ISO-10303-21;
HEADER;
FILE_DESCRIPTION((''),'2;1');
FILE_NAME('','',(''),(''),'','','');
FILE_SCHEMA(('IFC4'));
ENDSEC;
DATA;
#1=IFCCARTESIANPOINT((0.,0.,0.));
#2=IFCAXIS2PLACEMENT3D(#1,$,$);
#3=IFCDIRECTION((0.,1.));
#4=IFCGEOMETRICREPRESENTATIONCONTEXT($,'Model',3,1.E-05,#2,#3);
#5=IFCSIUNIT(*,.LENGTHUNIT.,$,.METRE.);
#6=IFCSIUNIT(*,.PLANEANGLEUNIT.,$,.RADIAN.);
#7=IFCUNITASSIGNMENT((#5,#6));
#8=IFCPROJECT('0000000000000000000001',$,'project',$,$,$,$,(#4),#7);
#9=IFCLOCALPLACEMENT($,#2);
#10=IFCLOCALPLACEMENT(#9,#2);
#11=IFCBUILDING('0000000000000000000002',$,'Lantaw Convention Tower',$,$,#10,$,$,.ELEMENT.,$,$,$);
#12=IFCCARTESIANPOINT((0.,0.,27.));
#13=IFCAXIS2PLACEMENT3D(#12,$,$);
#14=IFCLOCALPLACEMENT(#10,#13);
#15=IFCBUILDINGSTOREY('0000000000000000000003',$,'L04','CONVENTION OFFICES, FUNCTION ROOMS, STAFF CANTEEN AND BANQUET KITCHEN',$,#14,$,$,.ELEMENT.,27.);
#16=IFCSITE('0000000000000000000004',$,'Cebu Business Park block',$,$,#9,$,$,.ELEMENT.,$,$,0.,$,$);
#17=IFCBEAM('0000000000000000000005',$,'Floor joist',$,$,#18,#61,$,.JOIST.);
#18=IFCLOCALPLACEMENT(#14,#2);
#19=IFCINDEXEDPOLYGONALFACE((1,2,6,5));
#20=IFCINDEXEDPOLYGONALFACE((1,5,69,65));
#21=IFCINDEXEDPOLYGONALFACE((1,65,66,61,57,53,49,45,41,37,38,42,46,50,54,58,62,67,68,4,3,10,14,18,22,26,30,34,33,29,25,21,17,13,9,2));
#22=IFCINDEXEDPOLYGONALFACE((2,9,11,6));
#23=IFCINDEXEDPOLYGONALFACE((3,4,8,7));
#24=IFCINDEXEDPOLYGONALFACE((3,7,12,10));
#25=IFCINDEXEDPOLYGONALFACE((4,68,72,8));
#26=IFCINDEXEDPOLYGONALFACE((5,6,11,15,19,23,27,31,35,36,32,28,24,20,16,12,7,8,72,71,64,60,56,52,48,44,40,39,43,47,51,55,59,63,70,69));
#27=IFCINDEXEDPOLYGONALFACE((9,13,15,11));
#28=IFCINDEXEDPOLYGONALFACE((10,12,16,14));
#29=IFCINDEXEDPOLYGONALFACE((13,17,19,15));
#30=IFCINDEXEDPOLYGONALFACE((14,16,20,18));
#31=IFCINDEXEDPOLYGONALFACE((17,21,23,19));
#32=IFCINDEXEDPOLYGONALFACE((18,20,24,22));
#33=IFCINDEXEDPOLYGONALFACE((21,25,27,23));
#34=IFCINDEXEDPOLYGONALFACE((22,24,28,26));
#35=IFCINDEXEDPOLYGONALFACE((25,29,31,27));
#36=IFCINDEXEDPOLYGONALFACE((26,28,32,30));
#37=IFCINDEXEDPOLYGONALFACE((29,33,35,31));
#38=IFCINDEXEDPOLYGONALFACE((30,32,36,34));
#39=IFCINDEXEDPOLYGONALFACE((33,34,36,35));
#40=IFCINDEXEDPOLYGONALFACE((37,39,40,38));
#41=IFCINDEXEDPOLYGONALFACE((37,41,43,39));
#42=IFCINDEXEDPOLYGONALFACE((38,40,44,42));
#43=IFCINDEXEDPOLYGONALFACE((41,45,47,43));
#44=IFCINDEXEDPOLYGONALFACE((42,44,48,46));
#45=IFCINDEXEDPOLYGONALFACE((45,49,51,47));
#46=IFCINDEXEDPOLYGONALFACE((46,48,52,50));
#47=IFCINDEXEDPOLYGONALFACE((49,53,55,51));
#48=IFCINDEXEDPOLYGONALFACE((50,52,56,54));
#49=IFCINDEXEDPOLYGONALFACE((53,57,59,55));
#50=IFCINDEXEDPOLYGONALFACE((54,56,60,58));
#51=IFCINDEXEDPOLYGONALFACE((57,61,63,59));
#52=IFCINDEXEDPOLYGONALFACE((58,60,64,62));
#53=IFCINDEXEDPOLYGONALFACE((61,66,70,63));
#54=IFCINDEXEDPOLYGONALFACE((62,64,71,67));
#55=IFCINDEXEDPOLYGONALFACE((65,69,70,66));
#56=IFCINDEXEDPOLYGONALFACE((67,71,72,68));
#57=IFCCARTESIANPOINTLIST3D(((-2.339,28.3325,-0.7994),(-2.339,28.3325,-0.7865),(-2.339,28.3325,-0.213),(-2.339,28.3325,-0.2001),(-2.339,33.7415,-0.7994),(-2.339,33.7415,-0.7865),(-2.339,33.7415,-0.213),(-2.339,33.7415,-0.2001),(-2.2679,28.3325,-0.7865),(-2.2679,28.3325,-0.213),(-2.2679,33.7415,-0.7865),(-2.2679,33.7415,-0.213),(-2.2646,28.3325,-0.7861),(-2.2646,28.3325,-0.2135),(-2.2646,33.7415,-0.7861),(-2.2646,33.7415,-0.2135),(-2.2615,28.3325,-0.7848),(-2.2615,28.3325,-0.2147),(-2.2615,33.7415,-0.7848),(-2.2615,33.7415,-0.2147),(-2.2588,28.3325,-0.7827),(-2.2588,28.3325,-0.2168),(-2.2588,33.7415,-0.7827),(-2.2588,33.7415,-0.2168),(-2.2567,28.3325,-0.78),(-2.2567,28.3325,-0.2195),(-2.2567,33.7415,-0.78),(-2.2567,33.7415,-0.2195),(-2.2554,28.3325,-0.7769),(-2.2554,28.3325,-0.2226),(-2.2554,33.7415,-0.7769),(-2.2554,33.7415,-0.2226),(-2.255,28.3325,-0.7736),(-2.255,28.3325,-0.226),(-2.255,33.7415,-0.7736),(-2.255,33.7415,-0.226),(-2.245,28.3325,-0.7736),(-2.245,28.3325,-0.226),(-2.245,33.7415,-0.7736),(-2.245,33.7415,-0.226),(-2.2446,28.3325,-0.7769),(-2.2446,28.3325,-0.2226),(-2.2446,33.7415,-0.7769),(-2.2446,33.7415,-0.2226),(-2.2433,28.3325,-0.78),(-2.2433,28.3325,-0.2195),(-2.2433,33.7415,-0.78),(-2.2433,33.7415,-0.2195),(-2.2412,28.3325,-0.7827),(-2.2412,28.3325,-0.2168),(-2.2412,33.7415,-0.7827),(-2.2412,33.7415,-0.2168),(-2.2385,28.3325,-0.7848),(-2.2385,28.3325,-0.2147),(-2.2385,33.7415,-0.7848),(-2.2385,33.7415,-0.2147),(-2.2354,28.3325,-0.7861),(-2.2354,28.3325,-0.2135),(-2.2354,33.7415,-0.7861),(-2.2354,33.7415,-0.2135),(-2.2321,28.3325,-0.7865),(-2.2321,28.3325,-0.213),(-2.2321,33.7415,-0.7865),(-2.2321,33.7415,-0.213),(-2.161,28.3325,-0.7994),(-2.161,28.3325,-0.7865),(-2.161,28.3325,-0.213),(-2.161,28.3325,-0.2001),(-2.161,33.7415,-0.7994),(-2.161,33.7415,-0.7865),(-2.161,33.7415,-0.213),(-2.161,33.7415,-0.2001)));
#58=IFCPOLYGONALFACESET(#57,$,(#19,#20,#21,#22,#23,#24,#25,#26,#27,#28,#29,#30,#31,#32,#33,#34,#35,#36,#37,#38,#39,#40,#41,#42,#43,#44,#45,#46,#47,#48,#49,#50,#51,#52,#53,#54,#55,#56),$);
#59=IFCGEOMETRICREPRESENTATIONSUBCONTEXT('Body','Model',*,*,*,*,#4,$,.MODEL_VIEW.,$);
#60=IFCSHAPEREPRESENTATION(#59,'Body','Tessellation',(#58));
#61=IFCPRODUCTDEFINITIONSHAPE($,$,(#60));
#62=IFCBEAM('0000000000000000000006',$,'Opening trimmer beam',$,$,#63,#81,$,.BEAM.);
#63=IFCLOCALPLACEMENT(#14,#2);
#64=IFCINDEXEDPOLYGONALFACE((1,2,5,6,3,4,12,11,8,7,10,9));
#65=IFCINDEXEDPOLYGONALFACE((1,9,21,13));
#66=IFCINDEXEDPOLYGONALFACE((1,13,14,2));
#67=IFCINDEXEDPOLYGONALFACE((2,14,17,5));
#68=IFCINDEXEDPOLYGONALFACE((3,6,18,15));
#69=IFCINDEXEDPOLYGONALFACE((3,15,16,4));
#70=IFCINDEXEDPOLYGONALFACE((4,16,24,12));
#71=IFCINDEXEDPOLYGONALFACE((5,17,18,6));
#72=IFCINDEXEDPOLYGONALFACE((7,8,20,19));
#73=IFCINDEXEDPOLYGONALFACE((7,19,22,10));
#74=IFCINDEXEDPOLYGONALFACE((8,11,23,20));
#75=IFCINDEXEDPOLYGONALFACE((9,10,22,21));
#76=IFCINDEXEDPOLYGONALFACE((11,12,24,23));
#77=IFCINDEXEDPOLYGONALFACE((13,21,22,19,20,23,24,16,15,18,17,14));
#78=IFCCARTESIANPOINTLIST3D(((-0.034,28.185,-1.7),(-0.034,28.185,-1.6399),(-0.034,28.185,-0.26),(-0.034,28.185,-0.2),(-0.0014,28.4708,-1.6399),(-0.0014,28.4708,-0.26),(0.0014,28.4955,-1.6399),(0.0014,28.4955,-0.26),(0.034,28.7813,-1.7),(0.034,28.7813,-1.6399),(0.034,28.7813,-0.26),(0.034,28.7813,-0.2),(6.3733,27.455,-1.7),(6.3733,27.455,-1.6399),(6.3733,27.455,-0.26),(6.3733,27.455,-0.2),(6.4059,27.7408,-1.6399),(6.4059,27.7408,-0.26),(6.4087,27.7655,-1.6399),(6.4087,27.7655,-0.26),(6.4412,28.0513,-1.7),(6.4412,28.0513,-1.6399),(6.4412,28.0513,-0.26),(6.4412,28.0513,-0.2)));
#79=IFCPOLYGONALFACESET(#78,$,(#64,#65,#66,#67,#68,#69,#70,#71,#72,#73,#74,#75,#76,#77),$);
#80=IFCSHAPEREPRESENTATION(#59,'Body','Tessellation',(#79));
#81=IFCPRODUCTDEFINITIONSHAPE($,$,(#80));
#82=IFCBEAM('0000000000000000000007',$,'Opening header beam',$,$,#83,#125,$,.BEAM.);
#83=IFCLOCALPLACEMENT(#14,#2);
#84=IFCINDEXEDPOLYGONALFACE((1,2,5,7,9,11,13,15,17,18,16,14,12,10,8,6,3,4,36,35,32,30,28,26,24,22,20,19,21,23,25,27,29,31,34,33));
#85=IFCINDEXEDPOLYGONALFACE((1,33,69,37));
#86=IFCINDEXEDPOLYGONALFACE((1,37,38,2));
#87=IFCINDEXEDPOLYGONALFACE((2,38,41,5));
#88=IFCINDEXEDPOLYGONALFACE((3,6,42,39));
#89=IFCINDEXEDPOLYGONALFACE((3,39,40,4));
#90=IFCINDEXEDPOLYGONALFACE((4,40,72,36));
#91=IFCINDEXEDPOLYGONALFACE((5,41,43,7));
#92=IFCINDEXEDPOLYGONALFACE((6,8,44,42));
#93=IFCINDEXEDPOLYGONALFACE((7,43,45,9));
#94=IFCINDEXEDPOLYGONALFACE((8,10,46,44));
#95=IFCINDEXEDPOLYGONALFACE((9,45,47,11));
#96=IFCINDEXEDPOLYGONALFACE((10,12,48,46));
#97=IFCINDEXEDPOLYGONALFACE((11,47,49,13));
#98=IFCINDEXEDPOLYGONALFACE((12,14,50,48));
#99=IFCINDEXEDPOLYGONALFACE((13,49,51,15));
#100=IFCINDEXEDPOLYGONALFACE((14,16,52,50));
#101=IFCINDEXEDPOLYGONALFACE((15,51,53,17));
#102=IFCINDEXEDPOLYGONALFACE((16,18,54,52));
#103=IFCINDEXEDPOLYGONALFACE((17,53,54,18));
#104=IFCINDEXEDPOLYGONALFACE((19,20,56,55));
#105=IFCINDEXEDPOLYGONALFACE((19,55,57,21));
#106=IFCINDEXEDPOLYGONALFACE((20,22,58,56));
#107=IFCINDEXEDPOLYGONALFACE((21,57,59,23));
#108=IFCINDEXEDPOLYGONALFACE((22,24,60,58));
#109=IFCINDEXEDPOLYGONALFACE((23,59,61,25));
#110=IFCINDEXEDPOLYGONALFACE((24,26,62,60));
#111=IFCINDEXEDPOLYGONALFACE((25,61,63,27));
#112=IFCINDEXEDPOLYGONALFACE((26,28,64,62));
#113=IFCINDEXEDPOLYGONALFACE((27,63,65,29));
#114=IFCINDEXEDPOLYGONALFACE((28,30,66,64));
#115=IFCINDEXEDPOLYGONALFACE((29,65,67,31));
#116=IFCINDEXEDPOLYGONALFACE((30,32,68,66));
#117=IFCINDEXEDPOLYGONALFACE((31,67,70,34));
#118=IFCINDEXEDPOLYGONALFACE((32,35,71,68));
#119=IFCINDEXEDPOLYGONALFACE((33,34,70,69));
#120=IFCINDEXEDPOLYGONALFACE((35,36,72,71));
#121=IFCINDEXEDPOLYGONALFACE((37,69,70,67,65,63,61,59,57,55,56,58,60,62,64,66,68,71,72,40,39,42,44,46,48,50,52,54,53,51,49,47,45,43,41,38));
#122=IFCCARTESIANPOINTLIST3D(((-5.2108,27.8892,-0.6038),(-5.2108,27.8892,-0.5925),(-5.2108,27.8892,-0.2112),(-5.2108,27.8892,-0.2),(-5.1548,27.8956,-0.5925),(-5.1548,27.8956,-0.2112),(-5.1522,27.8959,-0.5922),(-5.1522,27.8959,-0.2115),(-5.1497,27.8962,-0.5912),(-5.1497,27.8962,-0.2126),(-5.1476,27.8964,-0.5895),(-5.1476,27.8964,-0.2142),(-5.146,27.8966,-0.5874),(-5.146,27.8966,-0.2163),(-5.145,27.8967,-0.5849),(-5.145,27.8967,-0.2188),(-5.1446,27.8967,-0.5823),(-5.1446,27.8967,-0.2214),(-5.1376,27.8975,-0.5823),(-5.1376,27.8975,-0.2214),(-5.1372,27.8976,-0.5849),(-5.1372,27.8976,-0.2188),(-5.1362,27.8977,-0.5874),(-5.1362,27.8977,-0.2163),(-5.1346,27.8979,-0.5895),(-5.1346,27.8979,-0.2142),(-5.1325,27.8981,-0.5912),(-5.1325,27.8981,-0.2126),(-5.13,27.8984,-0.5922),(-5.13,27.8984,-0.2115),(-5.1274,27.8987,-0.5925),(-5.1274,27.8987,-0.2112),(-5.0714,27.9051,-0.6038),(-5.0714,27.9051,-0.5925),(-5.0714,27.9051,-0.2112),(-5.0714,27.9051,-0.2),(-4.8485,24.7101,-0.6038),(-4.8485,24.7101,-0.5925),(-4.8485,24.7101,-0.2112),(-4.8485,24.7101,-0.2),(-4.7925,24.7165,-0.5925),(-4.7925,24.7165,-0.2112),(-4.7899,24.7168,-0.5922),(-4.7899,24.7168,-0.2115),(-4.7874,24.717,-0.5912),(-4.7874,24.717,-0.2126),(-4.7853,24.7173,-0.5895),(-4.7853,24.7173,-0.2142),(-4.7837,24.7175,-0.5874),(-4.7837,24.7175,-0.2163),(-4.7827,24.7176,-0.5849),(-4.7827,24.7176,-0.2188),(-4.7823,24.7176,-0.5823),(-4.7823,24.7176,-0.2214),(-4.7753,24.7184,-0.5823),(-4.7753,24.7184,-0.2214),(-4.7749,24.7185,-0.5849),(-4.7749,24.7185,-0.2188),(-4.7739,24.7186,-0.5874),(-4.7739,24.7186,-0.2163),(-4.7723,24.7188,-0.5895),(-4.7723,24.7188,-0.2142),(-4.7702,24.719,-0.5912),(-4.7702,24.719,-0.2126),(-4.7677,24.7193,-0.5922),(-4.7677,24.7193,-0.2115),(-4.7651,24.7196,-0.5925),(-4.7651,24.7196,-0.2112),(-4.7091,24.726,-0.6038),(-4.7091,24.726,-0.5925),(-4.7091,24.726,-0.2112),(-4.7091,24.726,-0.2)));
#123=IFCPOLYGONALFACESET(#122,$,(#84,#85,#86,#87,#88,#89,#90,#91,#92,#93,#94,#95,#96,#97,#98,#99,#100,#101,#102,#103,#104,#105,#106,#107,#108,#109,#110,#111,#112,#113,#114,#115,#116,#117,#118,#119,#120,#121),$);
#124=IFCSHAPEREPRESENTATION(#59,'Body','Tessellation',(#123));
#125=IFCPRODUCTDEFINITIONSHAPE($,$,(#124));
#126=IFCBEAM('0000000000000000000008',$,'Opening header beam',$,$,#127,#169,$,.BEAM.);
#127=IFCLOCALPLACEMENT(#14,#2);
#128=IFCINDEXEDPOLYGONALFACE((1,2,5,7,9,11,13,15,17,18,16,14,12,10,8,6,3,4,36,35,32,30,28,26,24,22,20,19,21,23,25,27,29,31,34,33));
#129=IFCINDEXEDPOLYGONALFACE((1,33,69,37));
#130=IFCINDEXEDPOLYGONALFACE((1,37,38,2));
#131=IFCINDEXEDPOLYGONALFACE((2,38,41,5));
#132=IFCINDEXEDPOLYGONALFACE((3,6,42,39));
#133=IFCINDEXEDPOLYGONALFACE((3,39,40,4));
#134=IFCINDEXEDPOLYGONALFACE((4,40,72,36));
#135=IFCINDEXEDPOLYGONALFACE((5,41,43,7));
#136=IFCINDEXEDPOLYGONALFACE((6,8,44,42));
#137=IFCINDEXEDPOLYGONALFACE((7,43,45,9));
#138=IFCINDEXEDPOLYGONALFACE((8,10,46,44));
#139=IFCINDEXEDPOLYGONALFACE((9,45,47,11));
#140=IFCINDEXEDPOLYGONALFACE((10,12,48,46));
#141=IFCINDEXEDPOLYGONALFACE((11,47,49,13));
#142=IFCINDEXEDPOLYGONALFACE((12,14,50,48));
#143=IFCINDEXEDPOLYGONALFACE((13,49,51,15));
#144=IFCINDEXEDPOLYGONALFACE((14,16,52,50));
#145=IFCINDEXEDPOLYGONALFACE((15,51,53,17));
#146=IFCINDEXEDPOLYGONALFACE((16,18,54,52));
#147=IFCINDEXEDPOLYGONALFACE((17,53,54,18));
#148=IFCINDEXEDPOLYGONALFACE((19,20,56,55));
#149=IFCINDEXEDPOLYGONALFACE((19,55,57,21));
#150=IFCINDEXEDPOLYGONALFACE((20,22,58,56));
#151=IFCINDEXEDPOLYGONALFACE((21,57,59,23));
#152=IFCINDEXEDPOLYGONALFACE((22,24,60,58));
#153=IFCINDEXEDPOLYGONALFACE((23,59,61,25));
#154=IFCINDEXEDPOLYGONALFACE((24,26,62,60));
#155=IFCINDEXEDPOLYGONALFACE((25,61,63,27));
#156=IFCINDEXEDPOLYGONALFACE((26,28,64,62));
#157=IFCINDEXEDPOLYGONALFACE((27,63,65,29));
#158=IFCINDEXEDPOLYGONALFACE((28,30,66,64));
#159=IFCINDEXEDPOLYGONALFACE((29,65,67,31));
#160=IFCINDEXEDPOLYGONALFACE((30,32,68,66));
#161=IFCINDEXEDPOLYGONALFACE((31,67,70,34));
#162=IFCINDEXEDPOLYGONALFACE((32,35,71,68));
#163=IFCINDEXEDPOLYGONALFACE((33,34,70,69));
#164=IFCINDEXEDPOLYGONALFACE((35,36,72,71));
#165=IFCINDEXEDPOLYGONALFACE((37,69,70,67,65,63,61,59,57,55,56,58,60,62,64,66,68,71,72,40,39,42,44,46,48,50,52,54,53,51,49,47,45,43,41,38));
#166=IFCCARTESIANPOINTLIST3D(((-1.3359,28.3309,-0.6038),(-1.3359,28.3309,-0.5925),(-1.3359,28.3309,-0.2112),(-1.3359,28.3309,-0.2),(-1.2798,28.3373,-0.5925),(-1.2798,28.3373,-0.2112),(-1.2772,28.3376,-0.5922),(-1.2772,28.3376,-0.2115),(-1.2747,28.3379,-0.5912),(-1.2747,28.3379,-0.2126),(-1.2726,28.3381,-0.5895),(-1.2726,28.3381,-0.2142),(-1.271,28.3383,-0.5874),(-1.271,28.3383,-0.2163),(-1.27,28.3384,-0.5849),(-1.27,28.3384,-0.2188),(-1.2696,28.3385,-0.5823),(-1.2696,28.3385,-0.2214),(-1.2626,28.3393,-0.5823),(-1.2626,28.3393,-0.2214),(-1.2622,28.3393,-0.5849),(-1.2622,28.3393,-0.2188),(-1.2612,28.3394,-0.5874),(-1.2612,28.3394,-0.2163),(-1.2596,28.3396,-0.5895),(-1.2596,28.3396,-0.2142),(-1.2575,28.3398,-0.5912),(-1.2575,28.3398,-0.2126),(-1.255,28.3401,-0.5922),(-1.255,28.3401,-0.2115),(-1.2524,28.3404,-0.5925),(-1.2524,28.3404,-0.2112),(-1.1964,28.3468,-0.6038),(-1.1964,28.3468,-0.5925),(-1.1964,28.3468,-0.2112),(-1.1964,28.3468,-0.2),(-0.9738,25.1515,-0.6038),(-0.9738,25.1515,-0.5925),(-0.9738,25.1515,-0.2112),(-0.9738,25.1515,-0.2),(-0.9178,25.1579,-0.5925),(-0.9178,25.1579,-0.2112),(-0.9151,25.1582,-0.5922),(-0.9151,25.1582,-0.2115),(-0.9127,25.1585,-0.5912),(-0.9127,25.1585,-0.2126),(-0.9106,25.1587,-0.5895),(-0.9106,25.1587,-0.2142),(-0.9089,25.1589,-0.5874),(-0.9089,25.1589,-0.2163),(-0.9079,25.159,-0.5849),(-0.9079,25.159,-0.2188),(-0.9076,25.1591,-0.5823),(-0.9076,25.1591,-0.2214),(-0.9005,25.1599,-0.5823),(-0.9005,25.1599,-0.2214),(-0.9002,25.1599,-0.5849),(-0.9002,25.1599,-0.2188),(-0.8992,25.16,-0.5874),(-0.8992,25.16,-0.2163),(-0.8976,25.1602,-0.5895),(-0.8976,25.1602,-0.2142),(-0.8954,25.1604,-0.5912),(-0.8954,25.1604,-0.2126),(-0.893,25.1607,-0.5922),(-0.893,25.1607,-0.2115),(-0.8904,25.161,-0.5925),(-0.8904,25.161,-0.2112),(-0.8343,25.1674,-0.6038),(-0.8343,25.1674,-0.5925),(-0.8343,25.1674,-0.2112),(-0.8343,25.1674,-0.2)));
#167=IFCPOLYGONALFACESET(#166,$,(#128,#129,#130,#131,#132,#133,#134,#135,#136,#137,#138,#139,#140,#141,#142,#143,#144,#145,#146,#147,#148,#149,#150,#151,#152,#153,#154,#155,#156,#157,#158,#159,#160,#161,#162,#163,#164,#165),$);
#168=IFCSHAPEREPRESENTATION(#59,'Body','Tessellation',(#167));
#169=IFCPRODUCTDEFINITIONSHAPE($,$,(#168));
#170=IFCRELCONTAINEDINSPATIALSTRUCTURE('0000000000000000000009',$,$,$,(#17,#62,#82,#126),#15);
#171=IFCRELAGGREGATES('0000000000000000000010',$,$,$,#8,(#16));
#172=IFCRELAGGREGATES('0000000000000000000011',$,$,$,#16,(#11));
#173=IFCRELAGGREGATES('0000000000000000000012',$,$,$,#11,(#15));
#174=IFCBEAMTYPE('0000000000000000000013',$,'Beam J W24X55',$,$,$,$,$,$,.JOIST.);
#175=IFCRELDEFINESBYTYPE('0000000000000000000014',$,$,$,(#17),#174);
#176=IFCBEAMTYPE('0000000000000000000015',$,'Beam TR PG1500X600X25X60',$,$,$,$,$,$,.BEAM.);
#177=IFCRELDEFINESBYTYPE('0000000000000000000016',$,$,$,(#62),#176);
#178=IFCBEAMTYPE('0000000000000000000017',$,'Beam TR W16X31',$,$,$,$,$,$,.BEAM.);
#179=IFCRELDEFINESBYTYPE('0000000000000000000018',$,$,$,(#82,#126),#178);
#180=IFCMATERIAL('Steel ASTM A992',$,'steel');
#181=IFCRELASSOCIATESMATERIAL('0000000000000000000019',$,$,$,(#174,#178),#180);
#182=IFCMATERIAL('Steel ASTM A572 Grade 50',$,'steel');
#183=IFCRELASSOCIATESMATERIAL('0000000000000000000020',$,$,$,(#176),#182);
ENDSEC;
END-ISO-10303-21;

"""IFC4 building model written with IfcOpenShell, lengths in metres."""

from ifc_helpers import new_model, si_unit, direction, frame, origin, origin_2d, place, context, subcontext, project, spatial, i_section, extrude, material, material_profile, profile_set, type_object, element, save


model = new_model("IFC4")

# Units and contexts
model_context = context("Model", 3, precision=1e-05, world=origin(), true_north=direction((0.0, 1.0)))
body_context = subcontext(model_context, "Body", "Model", "MODEL_VIEW")
ifc_project = project(units=[si_unit("LENGTHUNIT", "METRE"), si_unit("PLANEANGLEUNIT", "RADIAN")], contexts=[model_context])

# Site, building, storey
site_placement = place(None, origin())
site = spatial("IfcSite", under=ifc_project, at=site_placement, Name="Cebu Business Park block", CompositionType="ELEMENT", RefElevation=0.0)
building_placement = place(site_placement, origin())
building = spatial("IfcBuilding", under=site, at=building_placement, Name="Lantaw Convention Tower", CompositionType="ELEMENT")
storey_placement = place(building_placement, frame((0.0, 0.0, 27.0)))
storey = spatial("IfcBuildingStorey", under=building, at=storey_placement, Name="L04", Description="CONVENTION OFFICES, FUNCTION ROOMS, STAFF CANTEEN AND BANQUET KITCHEN", CompositionType="ELEMENT", Elevation=27.0)

# Shared definitions
ifc_material_1 = material(Name="Steel ASTM A572 Grade 50", Category="steel")

# Beams
ifc_material_2 = material(Name="Steel ASTM A992", Category="steel")
ifc_material_profile_1 = material_profile(ifc_material_2, i_section(OverallWidth=0.178, OverallDepth=0.5994, WebThickness=0.01, FlangeThickness=0.0129, FilletRadius=0.0129, at=origin_2d()), Name="W24X55")
ifc_profile_set_1 = profile_set([ifc_material_profile_1], Name="Steel ASTM A992")
beam_type_1 = type_object("IfcBeamType", Name="Beam J W24X55", PredefinedType="JOIST", material=ifc_profile_set_1)
beam_1_placement = place(storey_placement, frame((-2.25, 28.3325, -0.4998), z_axis=(0.0, 1.0, 0.0), x_axis=(-1.0, 0.0, 0.0)))
element("IfcBeam", 1, at=beam_1_placement, inside=storey, type_object=beam_type_1, Name="Floor joist", PredefinedType="JOIST", context=body_context, shape_type="SweptSolid", body=[
    extrude(i_section(OverallWidth=0.178, OverallDepth=0.5994, WebThickness=0.01, FlangeThickness=0.0129, FilletRadius=0.0129, at=origin_2d()), origin(), (0.0, 0.0, 1.0), 5.4089),
])
ifc_material_profile_2 = material_profile(ifc_material_1, i_section(OverallWidth=0.6001, OverallDepth=1.5, WebThickness=0.0249, FlangeThickness=0.0601, at=origin_2d()), Name="PG1500X600X25X60")
ifc_profile_set_2 = profile_set([ifc_material_profile_2], Name="Steel ASTM A572 Grade 50")
beam_type_2 = type_object("IfcBeamType", Name="Beam TR PG1500X600X25X60", PredefinedType="BEAM", material=ifc_profile_set_2)
beam_2_placement = place(storey_placement, frame((0.0, 28.4832, -0.95), z_axis=(0.993572, -0.113199, 0.0), x_axis=(0.113199, 0.993572, 0.0)))
element("IfcBeam", 2, at=beam_2_placement, inside=storey, type_object=beam_type_2, Name="Opening trimmer beam", PredefinedType="BEAM", context=body_context, shape_type="SweptSolid", body=[
    extrude(i_section(OverallWidth=0.6001, OverallDepth=1.5, WebThickness=0.0249, FlangeThickness=0.0601, at=origin_2d()), origin(), (0.0, 0.0, 1.0), 6.4487),
])
ifc_material_profile_3 = material_profile(ifc_material_2, i_section(OverallWidth=0.1404, OverallDepth=0.4038, WebThickness=0.0071, FlangeThickness=0.0112, FilletRadius=0.0103, at=origin_2d()), Name="W16X31")
ifc_profile_set_3 = profile_set([ifc_material_profile_3], Name="Steel ASTM A992")
beam_type_3 = type_object("IfcBeamType", Name="Beam TR W16X31", PredefinedType="BEAM", material=ifc_profile_set_3)
beam_3_placement = place(storey_placement, frame((-4.7788, 24.718, -0.4019), z_axis=(-0.113228, 0.993569, 0.0), x_axis=(-0.993569, -0.113228, 0.0)))
element("IfcBeam", 3, at=beam_3_placement, inside=storey, type_object=beam_type_3, Name="Opening header beam", PredefinedType="BEAM", context=body_context, shape_type="SweptSolid", body=[
    extrude(i_section(OverallWidth=0.1404, OverallDepth=0.4038, WebThickness=0.0071, FlangeThickness=0.0112, FilletRadius=0.0103, at=origin_2d()), origin(), (0.0, 0.0, 1.0), 3.1997),
])
beam_4_placement = place(storey_placement, frame((-1.2661, 28.3389, -0.4019), z_axis=(0.113144, -0.993579, 0.0), x_axis=(0.993579, 0.113144, 0.0)))
element("IfcBeam", 4, at=beam_4_placement, inside=storey, type_object=beam_type_3, Name="Opening header beam", PredefinedType="BEAM", context=body_context, shape_type="SweptSolid", body=[
    extrude(i_section(OverallWidth=0.1404, OverallDepth=0.4038, WebThickness=0.0071, FlangeThickness=0.0112, FilletRadius=0.0103, at=origin_2d()), origin(), (0.0, 0.0, 1.0), 3.2),
])

save(model, "model.ifc")
